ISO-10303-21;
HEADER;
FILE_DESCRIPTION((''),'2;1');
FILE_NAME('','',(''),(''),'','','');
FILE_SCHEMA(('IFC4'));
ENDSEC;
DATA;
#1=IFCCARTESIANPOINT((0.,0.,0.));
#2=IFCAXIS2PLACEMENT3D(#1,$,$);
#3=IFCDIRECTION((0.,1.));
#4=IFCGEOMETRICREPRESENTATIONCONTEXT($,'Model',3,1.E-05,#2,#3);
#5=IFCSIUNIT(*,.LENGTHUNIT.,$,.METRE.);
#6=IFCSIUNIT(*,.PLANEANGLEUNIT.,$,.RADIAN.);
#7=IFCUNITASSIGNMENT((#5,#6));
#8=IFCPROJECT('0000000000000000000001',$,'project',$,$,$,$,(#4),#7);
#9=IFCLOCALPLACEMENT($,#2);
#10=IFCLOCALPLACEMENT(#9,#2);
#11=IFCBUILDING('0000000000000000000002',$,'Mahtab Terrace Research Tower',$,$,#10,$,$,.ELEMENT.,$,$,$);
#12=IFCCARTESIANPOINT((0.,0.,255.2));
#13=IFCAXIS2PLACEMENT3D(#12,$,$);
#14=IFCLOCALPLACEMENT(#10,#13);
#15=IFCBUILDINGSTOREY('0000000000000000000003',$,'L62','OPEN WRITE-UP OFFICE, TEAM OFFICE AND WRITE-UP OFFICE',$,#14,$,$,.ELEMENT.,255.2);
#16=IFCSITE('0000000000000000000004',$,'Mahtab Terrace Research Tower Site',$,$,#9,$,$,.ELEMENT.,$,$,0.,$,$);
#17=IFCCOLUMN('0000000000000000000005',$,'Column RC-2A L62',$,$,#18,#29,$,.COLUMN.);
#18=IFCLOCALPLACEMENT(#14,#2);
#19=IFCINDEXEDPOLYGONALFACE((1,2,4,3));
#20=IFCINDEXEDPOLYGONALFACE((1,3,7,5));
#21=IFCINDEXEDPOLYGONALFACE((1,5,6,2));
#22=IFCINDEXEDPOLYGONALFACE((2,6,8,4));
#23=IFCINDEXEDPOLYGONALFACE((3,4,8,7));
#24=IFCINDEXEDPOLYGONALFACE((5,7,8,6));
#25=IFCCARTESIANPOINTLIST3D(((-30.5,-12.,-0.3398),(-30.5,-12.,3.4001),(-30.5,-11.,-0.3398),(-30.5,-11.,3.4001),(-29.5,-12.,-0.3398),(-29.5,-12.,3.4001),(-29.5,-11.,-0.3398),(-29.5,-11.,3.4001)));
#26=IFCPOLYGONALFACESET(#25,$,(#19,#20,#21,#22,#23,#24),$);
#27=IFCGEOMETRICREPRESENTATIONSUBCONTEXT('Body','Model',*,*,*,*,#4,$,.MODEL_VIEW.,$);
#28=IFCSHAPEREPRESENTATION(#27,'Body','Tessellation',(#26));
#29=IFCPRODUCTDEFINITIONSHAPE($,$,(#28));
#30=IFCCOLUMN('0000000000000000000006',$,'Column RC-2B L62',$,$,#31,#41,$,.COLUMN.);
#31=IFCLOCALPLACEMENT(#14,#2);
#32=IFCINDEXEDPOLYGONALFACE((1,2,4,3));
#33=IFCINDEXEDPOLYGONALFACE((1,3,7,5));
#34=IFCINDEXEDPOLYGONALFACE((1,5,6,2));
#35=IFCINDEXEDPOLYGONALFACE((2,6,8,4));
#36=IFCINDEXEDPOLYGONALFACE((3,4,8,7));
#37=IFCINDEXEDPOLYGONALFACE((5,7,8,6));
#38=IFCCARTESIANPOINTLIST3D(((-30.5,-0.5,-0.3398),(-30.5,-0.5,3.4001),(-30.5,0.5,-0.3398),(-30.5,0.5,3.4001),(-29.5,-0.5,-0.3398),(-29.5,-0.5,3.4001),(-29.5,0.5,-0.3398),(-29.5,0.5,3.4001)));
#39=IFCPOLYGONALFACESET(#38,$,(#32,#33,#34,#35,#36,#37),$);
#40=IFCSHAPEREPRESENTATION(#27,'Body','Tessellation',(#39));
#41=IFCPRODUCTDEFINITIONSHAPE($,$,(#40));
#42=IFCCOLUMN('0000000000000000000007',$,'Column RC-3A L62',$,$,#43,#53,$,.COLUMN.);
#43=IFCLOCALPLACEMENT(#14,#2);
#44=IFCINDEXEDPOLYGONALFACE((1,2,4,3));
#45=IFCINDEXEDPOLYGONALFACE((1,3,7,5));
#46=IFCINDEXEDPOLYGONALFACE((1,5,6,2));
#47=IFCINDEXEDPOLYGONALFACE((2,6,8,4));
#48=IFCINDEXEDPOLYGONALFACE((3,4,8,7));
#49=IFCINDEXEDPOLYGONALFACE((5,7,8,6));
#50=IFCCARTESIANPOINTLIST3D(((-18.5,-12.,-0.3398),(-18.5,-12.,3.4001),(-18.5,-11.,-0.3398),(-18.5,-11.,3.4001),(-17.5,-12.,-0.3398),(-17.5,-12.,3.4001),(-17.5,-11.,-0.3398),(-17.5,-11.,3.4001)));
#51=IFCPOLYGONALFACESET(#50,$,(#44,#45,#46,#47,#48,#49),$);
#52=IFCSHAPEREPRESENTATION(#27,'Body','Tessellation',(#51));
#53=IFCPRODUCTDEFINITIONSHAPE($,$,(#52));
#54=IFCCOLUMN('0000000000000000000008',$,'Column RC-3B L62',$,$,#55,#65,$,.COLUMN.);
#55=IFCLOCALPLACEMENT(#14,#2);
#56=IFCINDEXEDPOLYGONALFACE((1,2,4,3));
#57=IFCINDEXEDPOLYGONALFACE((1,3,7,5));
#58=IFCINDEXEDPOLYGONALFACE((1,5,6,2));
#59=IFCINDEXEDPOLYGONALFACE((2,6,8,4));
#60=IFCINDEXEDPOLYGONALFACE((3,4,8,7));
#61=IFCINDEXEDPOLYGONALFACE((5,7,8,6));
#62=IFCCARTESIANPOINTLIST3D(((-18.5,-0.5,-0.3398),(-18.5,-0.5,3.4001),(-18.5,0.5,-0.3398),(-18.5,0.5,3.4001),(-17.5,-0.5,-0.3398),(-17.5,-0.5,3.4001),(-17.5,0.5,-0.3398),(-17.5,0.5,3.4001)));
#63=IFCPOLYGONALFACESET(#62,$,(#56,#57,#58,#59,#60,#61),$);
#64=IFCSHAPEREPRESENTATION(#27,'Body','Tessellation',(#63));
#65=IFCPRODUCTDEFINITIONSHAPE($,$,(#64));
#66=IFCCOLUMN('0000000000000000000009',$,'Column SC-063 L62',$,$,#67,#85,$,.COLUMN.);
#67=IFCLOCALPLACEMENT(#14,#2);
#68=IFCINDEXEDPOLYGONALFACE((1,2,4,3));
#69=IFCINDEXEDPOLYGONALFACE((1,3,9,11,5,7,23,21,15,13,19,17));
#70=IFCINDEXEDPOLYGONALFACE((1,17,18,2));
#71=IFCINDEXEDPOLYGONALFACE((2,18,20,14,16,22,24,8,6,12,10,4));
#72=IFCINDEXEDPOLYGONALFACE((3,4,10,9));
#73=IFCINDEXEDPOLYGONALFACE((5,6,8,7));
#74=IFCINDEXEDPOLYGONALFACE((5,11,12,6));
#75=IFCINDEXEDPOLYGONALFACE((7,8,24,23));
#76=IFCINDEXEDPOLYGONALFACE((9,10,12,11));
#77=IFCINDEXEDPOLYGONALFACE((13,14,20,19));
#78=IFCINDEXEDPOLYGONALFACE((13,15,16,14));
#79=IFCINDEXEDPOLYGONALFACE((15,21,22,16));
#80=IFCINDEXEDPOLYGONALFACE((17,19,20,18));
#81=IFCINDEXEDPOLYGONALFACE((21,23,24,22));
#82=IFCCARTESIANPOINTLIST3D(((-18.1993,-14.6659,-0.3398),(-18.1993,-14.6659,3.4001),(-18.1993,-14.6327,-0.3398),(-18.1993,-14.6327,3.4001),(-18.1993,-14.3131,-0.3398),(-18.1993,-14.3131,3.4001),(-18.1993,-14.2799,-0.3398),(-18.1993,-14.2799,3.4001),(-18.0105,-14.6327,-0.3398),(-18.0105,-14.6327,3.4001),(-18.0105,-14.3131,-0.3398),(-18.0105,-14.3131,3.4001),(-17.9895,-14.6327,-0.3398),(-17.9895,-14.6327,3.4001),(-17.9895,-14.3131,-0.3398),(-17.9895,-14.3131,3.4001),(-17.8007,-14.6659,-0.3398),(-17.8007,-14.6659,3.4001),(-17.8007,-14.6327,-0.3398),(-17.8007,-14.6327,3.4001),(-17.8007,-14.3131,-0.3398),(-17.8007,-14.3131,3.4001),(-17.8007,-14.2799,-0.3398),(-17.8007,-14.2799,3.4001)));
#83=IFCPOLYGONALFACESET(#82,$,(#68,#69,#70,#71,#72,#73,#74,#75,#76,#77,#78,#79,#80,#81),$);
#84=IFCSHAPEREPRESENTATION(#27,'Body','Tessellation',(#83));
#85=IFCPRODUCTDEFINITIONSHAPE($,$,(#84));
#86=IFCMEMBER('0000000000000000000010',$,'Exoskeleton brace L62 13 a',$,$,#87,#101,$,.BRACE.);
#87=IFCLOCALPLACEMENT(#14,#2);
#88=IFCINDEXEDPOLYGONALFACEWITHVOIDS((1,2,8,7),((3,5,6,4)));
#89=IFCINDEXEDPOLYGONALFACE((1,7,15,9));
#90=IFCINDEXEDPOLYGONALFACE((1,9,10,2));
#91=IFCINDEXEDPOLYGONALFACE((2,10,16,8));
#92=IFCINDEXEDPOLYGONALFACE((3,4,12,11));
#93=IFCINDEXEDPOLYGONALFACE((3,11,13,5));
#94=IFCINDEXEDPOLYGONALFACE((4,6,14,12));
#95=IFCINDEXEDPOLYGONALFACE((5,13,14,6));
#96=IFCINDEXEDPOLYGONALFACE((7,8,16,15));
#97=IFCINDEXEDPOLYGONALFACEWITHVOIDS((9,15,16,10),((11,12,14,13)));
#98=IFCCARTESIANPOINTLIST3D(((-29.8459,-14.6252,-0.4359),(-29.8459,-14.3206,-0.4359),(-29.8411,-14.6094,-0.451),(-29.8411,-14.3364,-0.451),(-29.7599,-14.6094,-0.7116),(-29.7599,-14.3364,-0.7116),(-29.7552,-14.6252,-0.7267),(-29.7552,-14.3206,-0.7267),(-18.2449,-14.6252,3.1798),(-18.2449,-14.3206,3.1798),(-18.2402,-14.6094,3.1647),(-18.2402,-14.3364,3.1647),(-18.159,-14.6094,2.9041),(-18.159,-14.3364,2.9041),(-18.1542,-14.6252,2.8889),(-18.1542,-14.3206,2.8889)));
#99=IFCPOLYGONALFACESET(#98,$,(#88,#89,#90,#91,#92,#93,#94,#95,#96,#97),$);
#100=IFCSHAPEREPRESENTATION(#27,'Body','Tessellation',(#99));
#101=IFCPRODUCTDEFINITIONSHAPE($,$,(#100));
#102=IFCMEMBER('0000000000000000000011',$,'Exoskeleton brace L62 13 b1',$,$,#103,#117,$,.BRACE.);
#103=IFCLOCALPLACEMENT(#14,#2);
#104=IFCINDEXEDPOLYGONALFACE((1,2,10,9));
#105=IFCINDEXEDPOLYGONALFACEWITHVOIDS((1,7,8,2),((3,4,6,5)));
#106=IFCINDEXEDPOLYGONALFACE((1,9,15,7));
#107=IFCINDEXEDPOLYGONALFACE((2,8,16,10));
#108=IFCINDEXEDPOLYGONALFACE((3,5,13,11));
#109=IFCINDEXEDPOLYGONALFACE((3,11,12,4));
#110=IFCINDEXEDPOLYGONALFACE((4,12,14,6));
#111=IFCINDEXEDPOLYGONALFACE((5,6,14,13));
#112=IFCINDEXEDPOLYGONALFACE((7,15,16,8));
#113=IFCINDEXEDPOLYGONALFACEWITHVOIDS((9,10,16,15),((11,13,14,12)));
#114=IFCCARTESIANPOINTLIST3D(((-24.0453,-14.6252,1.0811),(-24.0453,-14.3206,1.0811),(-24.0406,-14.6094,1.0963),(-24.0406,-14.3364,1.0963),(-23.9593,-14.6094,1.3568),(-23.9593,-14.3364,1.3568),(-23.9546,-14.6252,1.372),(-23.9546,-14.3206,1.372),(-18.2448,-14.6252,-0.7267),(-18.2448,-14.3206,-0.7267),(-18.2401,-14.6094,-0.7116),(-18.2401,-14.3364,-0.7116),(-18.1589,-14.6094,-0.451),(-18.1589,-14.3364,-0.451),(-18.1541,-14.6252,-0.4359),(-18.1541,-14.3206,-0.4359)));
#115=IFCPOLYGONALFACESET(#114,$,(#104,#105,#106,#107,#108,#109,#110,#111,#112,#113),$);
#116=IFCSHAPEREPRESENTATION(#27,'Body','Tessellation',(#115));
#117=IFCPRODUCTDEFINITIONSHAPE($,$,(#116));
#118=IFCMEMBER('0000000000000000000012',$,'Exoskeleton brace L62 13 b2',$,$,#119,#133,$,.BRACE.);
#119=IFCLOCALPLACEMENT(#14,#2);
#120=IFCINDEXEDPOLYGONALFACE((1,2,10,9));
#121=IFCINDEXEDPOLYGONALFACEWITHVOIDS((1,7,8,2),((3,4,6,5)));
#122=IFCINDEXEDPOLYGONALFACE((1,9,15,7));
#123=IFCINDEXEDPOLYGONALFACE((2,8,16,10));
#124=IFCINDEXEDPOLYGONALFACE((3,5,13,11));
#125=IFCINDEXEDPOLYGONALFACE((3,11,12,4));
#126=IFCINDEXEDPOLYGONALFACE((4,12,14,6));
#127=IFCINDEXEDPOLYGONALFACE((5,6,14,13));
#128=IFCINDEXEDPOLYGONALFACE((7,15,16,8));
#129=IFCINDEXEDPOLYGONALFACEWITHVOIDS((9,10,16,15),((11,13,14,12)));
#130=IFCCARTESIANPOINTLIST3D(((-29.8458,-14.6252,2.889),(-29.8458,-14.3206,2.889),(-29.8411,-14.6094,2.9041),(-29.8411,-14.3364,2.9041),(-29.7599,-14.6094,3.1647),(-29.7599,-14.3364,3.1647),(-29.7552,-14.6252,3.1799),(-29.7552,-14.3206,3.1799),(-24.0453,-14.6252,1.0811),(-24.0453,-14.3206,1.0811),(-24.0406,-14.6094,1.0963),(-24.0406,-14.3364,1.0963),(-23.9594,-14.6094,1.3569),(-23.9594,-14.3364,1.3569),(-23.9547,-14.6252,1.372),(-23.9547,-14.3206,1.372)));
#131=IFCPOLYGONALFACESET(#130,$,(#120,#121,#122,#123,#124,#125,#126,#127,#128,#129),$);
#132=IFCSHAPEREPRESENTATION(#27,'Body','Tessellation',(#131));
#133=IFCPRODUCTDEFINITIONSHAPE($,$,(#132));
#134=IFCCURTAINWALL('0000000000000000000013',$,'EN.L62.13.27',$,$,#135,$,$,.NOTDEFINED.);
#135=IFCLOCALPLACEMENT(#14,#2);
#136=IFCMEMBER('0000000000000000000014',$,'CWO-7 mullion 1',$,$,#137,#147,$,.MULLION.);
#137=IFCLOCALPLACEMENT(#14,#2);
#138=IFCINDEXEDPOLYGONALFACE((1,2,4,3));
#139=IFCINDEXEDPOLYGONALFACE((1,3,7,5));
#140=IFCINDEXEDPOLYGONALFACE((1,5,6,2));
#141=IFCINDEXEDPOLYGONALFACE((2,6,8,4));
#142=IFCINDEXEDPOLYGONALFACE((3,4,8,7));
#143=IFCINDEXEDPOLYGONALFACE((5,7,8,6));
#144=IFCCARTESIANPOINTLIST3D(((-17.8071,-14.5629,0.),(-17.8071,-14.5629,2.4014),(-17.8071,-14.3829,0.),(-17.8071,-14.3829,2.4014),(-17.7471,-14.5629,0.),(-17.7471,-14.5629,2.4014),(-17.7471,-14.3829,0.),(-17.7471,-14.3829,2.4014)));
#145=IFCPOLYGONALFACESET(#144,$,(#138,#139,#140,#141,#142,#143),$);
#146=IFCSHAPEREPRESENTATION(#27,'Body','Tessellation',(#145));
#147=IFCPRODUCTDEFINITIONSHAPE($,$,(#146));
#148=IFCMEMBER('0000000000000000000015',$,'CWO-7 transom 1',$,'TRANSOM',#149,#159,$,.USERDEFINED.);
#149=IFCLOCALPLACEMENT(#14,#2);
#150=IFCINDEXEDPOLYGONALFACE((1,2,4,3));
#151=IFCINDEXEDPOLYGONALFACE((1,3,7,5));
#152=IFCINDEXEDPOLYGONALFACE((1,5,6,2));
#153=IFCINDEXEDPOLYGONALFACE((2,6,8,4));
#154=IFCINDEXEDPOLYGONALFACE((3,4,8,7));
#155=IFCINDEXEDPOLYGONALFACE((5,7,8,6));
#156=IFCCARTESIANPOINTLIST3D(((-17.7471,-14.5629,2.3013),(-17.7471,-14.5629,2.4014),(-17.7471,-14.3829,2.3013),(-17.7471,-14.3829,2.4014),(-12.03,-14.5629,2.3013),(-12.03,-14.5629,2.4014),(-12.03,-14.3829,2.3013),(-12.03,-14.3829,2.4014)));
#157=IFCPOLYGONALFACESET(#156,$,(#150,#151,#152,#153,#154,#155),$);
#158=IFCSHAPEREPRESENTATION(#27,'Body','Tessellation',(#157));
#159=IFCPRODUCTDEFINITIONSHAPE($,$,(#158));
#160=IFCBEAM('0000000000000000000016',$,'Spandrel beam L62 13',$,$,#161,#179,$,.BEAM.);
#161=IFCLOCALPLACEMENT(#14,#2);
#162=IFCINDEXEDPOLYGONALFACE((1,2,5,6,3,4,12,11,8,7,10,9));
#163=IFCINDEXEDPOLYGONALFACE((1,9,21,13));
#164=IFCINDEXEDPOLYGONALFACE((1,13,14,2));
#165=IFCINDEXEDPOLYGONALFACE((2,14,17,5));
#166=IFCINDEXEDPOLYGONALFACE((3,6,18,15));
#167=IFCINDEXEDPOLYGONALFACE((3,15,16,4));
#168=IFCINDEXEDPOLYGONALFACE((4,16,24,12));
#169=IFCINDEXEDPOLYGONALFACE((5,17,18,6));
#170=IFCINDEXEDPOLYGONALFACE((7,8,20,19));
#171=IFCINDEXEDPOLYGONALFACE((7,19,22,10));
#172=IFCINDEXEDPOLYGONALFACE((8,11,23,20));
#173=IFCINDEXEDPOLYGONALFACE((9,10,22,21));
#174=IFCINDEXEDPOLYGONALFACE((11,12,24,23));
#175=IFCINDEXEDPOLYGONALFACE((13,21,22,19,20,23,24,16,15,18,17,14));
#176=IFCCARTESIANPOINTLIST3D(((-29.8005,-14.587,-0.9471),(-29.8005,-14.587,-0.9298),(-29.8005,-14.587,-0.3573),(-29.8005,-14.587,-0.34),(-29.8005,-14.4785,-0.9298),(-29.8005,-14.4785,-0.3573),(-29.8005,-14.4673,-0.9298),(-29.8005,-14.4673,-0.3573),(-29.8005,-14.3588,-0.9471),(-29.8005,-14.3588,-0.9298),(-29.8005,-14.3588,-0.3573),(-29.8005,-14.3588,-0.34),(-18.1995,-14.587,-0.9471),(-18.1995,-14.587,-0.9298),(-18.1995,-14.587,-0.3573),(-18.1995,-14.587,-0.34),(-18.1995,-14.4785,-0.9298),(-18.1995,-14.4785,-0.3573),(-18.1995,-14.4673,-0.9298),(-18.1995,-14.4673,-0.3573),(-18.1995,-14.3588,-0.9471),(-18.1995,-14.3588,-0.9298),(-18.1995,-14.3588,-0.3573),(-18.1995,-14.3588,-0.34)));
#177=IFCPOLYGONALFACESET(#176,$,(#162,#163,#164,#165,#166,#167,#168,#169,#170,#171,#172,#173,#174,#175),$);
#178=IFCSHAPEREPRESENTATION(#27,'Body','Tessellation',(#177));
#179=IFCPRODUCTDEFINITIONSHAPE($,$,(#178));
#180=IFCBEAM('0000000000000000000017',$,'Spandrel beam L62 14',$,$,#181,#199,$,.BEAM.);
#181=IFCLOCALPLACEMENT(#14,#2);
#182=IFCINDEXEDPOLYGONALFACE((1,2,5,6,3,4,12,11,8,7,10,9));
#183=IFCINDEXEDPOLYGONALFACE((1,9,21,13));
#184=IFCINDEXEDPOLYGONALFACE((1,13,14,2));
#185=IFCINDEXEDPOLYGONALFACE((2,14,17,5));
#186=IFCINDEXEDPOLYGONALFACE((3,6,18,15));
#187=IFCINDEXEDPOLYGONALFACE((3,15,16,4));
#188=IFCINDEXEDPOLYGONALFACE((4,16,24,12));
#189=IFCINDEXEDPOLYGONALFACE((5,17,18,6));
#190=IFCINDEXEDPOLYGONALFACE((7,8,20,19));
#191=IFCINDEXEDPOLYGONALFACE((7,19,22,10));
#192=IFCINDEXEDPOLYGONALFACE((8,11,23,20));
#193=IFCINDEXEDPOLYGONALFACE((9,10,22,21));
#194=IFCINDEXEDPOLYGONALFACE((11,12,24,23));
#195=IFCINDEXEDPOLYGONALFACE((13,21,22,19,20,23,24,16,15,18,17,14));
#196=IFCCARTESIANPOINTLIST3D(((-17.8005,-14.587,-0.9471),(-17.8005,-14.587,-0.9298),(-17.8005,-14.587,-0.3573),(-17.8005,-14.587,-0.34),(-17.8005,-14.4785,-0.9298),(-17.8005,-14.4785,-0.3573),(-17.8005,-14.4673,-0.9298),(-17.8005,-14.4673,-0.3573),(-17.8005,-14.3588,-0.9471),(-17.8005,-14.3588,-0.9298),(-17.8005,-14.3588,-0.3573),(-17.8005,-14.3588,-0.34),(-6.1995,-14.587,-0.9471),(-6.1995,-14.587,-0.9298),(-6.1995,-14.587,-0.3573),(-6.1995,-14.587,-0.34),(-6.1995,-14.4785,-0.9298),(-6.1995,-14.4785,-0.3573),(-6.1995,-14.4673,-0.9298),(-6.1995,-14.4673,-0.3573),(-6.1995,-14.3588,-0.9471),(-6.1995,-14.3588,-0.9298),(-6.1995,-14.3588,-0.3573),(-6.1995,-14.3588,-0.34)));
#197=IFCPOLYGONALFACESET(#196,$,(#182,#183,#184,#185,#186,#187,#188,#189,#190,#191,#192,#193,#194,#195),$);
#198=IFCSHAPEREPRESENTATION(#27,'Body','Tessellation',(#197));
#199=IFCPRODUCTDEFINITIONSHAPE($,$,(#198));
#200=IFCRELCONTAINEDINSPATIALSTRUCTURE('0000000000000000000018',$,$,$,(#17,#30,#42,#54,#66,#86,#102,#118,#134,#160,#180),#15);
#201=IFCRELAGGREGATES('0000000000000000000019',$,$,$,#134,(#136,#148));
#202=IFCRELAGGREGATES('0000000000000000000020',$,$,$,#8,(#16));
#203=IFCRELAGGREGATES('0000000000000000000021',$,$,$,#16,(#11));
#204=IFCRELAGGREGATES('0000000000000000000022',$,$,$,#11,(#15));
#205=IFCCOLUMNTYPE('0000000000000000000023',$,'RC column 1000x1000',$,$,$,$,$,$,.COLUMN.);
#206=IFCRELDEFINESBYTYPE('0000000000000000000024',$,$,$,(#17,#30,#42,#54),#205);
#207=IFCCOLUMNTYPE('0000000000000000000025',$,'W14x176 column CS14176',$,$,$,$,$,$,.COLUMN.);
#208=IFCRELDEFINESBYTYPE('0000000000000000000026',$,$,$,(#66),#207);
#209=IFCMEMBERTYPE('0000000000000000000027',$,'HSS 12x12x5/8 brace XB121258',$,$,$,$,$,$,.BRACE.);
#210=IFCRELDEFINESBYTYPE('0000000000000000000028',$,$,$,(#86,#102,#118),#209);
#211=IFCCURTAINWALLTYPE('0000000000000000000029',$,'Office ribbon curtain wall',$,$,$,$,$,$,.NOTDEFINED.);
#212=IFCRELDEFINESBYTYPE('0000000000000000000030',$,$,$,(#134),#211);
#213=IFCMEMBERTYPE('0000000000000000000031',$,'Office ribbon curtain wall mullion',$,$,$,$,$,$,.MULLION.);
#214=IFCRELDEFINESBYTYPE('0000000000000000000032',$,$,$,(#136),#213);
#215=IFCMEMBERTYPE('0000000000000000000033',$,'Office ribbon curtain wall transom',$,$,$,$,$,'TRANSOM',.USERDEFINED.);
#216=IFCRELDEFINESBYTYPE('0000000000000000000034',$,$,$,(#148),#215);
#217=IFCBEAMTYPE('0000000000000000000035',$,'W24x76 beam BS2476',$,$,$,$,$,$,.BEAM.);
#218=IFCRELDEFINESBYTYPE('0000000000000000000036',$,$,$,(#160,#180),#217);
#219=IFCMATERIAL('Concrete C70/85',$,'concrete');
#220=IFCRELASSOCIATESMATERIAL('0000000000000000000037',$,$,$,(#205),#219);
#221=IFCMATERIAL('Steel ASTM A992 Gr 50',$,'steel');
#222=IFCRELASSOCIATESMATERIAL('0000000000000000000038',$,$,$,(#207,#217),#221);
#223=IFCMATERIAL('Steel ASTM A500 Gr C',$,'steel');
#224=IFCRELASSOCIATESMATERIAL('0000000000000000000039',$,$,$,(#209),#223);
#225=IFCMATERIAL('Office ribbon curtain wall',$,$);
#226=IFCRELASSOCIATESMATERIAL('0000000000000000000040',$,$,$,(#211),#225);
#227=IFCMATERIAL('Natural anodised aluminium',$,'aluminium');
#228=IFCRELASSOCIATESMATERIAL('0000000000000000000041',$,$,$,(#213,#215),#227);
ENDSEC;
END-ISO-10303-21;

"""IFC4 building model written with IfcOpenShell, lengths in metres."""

from ifc_helpers import new_model, si_unit, direction, frame, origin, origin_2d, place, context, subcontext, project, spatial, rectangle, hollow_rectangle, i_section, extrude, material, material_profile, profile_set, type_object, element, aggregate, save


model = new_model("IFC4")

# Units and contexts
model_context = context("Model", 3, precision=1e-05, world=origin(), true_north=direction((0.0, 1.0)))
body_context = subcontext(model_context, "Body", "Model", "MODEL_VIEW")
ifc_project = project(units=[si_unit("LENGTHUNIT", "METRE"), si_unit("PLANEANGLEUNIT", "RADIAN")], contexts=[model_context])

# Site, building, storey
site_placement = place(None, origin())
site = spatial("IfcSite", under=ifc_project, at=site_placement, Name="Mahtab Terrace Research Tower Site", CompositionType="ELEMENT", RefElevation=0.0)
building_placement = place(site_placement, origin())
building = spatial("IfcBuilding", under=site, at=building_placement, Name="Mahtab Terrace Research Tower", CompositionType="ELEMENT")
storey_placement = place(building_placement, frame((0.0, 0.0, 255.2)))
storey = spatial("IfcBuildingStorey", under=building, at=storey_placement, Name="L62", Description="OPEN WRITE-UP OFFICE, TEAM OFFICE AND WRITE-UP OFFICE", CompositionType="ELEMENT", Elevation=255.2)

# Columns
ifc_material_1 = material(Name="Concrete C70/85", Category="concrete")
ifc_material_profile_1 = material_profile(ifc_material_1, rectangle(XDim=1.0, YDim=1.0, at=origin_2d()), Name="RC column 1000x1000")
ifc_profile_set_1 = profile_set([ifc_material_profile_1], Name="Concrete C70/85")
column_type_1 = type_object("IfcColumnType", Name="RC column 1000x1000", PredefinedType="COLUMN", material=ifc_profile_set_1)
for number, where, z_axis, x_axis, name in (
    (1, (-30.0, -11.5, -0.3398), (0.0, 0.0, 1.0), (1.0, 0.0, 0.0), "Column RC-2A L62"),
    (2, (-30.0, 0.0, -0.3398), (0.0, 0.0, 1.0), (1.0, 0.0, 0.0), "Column RC-2B L62"),
    (3, (-18.0, -11.5, -0.3398), (0.0, 0.0, 1.0), (1.0, 0.0, 0.0), "Column RC-3A L62"),
    (4, (-18.0, 0.0, -0.3398), (0.0, 0.0, 1.0), (1.0, 0.0, 0.0), "Column RC-3B L62"),
):
    element("IfcColumn", number, at=place(storey_placement, frame(where, z_axis=z_axis, x_axis=x_axis)), inside=storey, type_object=column_type_1, Name=name, PredefinedType="COLUMN", context=body_context, shape_type="SweptSolid", body=[
        extrude(rectangle(XDim=1.0, YDim=1.0, at=origin_2d()), origin(), (0.0, 0.0, 1.0), 3.74),
    ])
ifc_material_2 = material(Name="Steel ASTM A992 Gr 50", Category="steel")
ifc_material_profile_2 = material_profile(ifc_material_2, i_section(OverallWidth=0.3987, OverallDepth=0.386, WebThickness=0.021, FlangeThickness=0.0332, at=origin_2d()), Name="W14X176")
ifc_profile_set_2 = profile_set([ifc_material_profile_2], Name="Steel ASTM A992 Gr 50")
column_type_2 = type_object("IfcColumnType", Name="W14x176 column CS14176", PredefinedType="COLUMN", material=ifc_profile_set_2)
column_placement = place(storey_placement, frame((-18.0, -14.4729, -0.3398), z_axis=(0.0, 0.0, 1.0), x_axis=(1.0, 0.0, 0.0)))
element("IfcColumn", 5, at=column_placement, inside=storey, type_object=column_type_2, Name="Column SC-063 L62", PredefinedType="COLUMN", context=body_context, shape_type="SweptSolid", body=[
    extrude(i_section(OverallWidth=0.3987, OverallDepth=0.386, WebThickness=0.021, FlangeThickness=0.0332, at=origin_2d()), origin(), (0.0, 0.0, 1.0), 3.74),
])

# Members
ifc_material_3 = material(Name="Steel ASTM A500 Gr C", Category="steel")
ifc_material_profile_3 = material_profile(ifc_material_3, hollow_rectangle(XDim=0.3047, YDim=0.3047, WallThickness=0.0159, at=origin_2d()), Name="HSS12X12X5/8")
ifc_profile_set_3 = profile_set([ifc_material_profile_3], Name="Steel ASTM A500 Gr C")
member_type_1 = type_object("IfcMemberType", Name="HSS 12x12x5/8 brace XB121258", PredefinedType="BRACE", material=ifc_profile_set_3)
member_1_placement = place(storey_placement, frame((-29.8005, -14.4729, -0.5813), z_axis=(0.954705, 0.0, 0.297554), x_axis=(0.0, 1.0, 0.0)))
element("IfcMember", 6, at=member_1_placement, inside=storey, type_object=member_type_1, Name="Exoskeleton brace L62 13 a", PredefinedType="BRACE", context=body_context, shape_type="SweptSolid", body=[
    extrude(hollow_rectangle(XDim=0.3047, YDim=0.3047, WallThickness=0.0159, at=origin_2d()), origin(), (0.0, 0.0, 1.0), 12.1514),
])
for number, where, z_axis, x_axis, name in (
    (7, (-18.1995, -14.4729, -0.5813), (-0.954705, 0.0, 0.297554), (0.0, -1.0, 0.0), "Exoskeleton brace L62 13 b1"),
    (8, (-24.0, -14.4729, 1.2266), (-0.954705, 0.0, 0.297554), (0.0, -1.0, 0.0), "Exoskeleton brace L62 13 b2"),
):
    element("IfcMember", number, at=place(storey_placement, frame(where, z_axis=z_axis, x_axis=x_axis)), inside=storey, type_object=member_type_1, Name=name, PredefinedType="BRACE", context=body_context, shape_type="SweptSolid", body=[
        extrude(hollow_rectangle(XDim=0.3047, YDim=0.3047, WallThickness=0.0159, at=origin_2d()), origin(), (0.0, 0.0, 1.0), 6.0757),
    ])

# Curtain wall, members
ifc_material_4 = material(Name="Office ribbon curtain wall")
curtain_wall_type = type_object("IfcCurtainWallType", Name="Office ribbon curtain wall", PredefinedType="NOTDEFINED", material=ifc_material_4)
curtain_wall_placement = place(storey_placement, origin())
curtain_wall = element("IfcCurtainWall", 9, at=curtain_wall_placement, inside=storey, type_object=curtain_wall_type, Name="EN.L62.13.27", PredefinedType="NOTDEFINED")
ifc_material_5 = material(Name="Natural anodised aluminium", Category="aluminium")
ifc_material_profile_4 = material_profile(ifc_material_5, rectangle(XDim=0.1799, YDim=0.0601, at=origin_2d()), Name="MULLION 60x180")
ifc_profile_set_4 = profile_set([ifc_material_profile_4], Name="Natural anodised aluminium")
member_type_2 = type_object("IfcMemberType", Name="Office ribbon curtain wall mullion", PredefinedType="MULLION", material=ifc_profile_set_4)
member_2_placement = place(storey_placement, frame((-17.7771, -14.4729, 0.0), z_axis=(0.0, 0.0, 1.0), x_axis=(0.0, 1.0, 0.0)))
member_2 = element("IfcMember", 10, at=member_2_placement, type_object=member_type_2, Name="CWO-7 mullion 1", PredefinedType="MULLION", context=body_context, shape_type="SweptSolid", body=[
    extrude(rectangle(XDim=0.1799, YDim=0.0601, at=origin_2d()), origin(), (0.0, 0.0, 1.0), 2.4014),
])
ifc_material_profile_5 = material_profile(ifc_material_5, rectangle(XDim=0.1799, YDim=0.1001, at=origin_2d()), Name="TRANSOM 100x180")
ifc_profile_set_5 = profile_set([ifc_material_profile_5], Name="Natural anodised aluminium")
member_type_3 = type_object("IfcMemberType", Name="Office ribbon curtain wall transom", ElementType="TRANSOM", PredefinedType="USERDEFINED", material=ifc_profile_set_5)
member_3_placement = place(storey_placement, frame((-17.7471, -14.4729, 2.3513), z_axis=(1.0, 0.0, 0.0), x_axis=(0.0, 1.0, 0.0)))
member_3 = element("IfcMember", 11, at=member_3_placement, type_object=member_type_3, Name="CWO-7 transom 1", ObjectType="TRANSOM", PredefinedType="USERDEFINED", context=body_context, shape_type="SweptSolid", body=[
    extrude(rectangle(XDim=0.1799, YDim=0.1001, at=origin_2d()), origin(), (0.0, 0.0, 1.0), 5.717),
])
aggregate(curtain_wall, [member_2, member_3])

# Beams
ifc_material_profile_6 = material_profile(ifc_material_2, i_section(OverallWidth=0.2283, OverallDepth=0.6072, WebThickness=0.0112, FlangeThickness=0.0173, at=origin_2d()), Name="W24X76")
ifc_profile_set_6 = profile_set([ifc_material_profile_6], Name="Steel ASTM A992 Gr 50")
beam_type = type_object("IfcBeamType", Name="W24x76 beam BS2476", PredefinedType="BEAM", material=ifc_profile_set_6)
for number, where, z_axis, x_axis, name in (
    (12, (-29.8005, -14.4729, -0.6436), (1.0, 0.0, 0.0), (0.0, 1.0, 0.0), "Spandrel beam L62 13"),
    (13, (-17.8005, -14.4729, -0.6436), (1.0, 0.0, 0.0), (0.0, 1.0, 0.0), "Spandrel beam L62 14"),
):
    element("IfcBeam", number, at=place(storey_placement, frame(where, z_axis=z_axis, x_axis=x_axis)), inside=storey, type_object=beam_type, Name=name, PredefinedType="BEAM", context=body_context, shape_type="SweptSolid", body=[
        extrude(i_section(OverallWidth=0.2283, OverallDepth=0.6072, WebThickness=0.0112, FlangeThickness=0.0173, at=origin_2d()), origin(), (0.0, 0.0, 1.0), 11.6011),
    ])

save(model, "model.ifc")
